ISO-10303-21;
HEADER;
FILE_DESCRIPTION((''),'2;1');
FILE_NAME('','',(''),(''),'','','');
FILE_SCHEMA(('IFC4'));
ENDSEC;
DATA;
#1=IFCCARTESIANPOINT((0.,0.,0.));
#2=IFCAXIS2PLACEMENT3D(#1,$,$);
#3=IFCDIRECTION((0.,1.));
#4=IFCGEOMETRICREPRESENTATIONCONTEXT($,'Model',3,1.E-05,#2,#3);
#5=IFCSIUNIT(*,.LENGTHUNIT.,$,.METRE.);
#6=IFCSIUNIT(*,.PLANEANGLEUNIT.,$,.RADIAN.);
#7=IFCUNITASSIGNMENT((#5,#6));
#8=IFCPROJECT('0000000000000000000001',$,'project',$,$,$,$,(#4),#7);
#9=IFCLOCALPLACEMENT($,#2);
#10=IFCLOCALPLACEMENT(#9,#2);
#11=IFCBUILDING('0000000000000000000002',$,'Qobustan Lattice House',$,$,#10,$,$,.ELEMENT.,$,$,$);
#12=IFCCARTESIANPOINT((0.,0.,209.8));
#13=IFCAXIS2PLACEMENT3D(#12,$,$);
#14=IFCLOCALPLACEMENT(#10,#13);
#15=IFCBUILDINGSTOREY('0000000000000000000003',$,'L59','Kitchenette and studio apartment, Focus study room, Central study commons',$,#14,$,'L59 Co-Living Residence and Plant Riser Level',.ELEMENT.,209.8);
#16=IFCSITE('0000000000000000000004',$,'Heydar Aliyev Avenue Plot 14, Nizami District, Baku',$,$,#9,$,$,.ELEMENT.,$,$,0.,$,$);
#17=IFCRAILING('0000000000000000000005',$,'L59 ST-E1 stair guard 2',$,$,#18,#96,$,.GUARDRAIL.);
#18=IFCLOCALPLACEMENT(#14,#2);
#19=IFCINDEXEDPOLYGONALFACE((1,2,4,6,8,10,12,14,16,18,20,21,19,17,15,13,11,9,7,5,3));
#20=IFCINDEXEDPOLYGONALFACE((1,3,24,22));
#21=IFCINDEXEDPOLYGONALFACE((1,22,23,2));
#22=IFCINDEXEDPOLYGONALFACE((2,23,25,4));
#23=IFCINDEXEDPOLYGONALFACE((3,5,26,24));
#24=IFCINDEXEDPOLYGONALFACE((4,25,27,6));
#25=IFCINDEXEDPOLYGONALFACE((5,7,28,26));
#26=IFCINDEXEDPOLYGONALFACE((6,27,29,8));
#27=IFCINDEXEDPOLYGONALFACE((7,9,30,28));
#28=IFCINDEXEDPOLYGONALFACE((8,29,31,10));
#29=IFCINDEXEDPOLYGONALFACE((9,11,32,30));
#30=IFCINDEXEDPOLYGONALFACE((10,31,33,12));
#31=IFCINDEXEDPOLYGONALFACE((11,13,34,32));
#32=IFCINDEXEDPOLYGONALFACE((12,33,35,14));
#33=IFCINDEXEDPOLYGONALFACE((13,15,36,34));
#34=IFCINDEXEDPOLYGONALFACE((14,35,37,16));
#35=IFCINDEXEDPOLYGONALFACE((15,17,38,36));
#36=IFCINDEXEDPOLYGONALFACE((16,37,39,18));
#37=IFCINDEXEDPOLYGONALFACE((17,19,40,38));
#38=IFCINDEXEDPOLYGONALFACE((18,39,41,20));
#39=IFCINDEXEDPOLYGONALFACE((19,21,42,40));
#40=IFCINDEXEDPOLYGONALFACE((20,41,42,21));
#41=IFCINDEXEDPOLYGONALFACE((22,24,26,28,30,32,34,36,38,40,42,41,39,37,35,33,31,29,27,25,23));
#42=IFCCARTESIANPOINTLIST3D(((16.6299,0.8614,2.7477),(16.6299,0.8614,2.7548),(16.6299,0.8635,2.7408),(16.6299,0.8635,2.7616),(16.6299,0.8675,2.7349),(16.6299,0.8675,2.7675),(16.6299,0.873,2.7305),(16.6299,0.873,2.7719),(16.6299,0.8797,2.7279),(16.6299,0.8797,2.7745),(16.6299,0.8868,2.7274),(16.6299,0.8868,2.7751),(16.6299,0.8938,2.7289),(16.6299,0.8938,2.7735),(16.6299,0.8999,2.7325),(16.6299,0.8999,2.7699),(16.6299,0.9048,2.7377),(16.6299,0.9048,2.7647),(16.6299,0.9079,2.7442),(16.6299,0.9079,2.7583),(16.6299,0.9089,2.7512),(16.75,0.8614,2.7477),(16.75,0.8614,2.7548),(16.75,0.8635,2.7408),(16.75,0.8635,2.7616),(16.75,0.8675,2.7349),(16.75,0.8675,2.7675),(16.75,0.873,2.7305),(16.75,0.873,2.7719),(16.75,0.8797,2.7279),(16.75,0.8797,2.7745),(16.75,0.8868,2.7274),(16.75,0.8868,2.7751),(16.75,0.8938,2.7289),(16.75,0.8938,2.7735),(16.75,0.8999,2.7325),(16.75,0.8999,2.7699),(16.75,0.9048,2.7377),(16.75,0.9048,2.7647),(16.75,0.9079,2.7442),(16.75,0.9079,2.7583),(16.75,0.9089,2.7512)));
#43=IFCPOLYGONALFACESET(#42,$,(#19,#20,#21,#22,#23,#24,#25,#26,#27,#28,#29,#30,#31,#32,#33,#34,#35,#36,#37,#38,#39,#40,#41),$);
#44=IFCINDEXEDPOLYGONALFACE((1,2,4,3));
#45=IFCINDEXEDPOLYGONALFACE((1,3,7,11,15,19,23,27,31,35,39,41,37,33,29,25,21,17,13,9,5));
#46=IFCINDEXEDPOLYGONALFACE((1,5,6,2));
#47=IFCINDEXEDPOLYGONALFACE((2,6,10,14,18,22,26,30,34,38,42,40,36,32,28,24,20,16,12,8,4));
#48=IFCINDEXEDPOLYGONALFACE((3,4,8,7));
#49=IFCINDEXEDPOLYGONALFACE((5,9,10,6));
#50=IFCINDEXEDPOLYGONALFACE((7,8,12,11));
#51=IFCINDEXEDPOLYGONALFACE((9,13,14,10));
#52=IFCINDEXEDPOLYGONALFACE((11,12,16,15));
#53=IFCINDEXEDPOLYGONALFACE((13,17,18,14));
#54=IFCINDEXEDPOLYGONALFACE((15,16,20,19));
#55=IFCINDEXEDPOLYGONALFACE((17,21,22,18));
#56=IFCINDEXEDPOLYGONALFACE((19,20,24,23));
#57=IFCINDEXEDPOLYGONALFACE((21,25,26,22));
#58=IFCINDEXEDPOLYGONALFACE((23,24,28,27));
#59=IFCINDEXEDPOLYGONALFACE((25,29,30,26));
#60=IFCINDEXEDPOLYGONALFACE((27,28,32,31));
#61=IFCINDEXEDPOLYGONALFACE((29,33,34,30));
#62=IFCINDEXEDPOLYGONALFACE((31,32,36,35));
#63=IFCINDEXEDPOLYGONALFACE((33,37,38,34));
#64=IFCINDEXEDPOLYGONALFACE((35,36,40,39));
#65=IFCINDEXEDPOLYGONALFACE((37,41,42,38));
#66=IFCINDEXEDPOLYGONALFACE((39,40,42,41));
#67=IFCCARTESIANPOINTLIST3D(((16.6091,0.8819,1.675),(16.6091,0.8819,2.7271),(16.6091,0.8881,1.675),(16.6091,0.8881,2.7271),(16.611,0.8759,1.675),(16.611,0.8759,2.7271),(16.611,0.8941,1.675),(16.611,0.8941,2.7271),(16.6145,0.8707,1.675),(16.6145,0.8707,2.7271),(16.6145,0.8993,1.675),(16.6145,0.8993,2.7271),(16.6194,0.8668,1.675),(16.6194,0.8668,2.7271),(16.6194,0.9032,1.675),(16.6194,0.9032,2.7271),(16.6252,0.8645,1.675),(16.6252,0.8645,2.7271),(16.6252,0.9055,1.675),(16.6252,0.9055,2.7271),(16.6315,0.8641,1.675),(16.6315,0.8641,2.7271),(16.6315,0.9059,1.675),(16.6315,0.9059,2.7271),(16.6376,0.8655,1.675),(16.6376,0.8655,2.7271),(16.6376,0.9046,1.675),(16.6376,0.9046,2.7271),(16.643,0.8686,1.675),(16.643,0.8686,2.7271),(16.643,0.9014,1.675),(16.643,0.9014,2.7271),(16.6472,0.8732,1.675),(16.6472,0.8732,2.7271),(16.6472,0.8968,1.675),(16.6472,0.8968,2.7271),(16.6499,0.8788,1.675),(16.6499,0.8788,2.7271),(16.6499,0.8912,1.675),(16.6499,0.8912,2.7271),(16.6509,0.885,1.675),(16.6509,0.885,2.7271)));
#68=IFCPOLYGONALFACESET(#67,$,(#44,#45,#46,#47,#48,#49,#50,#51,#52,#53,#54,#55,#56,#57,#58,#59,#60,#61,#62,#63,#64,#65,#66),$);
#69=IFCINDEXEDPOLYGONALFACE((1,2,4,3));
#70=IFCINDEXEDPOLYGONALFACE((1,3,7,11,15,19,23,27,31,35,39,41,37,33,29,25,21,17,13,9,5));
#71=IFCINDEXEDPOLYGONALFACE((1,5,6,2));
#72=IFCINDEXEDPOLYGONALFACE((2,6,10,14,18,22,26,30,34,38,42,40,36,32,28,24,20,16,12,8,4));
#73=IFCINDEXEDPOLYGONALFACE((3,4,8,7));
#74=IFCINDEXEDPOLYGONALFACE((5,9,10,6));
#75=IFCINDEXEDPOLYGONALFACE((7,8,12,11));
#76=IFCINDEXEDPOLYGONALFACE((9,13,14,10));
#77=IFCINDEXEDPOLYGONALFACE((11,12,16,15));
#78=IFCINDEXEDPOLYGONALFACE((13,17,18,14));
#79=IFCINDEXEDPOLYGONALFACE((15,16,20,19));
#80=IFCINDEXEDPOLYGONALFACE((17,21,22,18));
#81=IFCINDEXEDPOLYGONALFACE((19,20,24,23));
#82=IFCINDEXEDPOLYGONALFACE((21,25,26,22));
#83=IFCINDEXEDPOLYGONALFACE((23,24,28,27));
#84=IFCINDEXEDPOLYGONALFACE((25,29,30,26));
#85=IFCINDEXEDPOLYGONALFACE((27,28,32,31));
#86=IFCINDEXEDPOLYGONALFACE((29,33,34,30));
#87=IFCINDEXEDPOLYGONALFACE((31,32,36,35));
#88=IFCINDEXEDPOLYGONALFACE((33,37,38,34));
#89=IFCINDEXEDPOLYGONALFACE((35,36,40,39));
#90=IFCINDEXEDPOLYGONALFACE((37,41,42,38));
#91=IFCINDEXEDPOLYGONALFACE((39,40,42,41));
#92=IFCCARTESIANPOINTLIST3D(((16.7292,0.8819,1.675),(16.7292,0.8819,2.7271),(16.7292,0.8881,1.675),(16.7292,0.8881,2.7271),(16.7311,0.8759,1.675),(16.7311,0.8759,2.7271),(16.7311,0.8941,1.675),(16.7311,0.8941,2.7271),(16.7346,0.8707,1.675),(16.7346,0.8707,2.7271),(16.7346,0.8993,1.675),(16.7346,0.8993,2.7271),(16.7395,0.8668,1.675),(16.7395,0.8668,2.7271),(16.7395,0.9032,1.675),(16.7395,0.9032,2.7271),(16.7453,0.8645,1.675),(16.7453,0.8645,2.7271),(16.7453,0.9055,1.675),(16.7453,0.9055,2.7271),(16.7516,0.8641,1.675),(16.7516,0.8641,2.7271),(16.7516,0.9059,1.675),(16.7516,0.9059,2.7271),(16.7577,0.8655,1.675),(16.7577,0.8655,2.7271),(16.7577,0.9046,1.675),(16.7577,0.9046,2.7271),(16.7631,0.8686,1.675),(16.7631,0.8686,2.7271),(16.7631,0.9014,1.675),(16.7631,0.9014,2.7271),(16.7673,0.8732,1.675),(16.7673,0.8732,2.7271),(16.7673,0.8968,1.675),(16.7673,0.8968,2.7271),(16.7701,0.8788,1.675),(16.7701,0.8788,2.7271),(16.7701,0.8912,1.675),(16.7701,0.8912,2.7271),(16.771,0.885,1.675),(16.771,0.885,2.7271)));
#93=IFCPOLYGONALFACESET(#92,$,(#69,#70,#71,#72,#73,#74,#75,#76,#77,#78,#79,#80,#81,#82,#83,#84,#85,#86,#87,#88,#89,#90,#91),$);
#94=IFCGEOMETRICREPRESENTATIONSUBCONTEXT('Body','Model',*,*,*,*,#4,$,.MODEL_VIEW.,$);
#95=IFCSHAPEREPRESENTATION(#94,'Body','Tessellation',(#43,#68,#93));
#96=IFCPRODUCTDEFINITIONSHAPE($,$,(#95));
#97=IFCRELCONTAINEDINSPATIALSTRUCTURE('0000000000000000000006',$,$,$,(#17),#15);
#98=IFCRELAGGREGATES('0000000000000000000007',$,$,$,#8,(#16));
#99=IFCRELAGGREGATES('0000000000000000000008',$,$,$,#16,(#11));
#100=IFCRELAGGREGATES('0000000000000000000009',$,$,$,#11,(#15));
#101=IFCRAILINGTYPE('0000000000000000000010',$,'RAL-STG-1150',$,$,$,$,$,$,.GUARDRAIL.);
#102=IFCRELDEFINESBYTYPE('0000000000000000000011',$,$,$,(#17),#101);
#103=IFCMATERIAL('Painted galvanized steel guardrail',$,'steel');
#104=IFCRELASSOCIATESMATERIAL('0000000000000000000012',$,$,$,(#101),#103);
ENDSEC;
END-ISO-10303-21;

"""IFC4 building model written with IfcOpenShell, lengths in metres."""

from ifc_helpers import new_model, si_unit, direction, frame, origin, origin_2d, place, context, subcontext, project, spatial, circle, extrude, material, type_object, element, save


model = new_model("IFC4")

# Units and contexts
model_context = context("Model", 3, precision=1e-05, world=origin(), true_north=direction((0.0, 1.0)))
body_context = subcontext(model_context, "Body", "Model", "MODEL_VIEW")
ifc_project = project(units=[si_unit("LENGTHUNIT", "METRE"), si_unit("PLANEANGLEUNIT", "RADIAN")], contexts=[model_context])

# Site, building, storey
site_placement = place(None, origin())
site = spatial("IfcSite", under=ifc_project, at=site_placement, Name="Heydar Aliyev Avenue Plot 14, Nizami District, Baku", CompositionType="ELEMENT", RefElevation=0.0)
building_placement = place(site_placement, origin())
building = spatial("IfcBuilding", under=site, at=building_placement, Name="Qobustan Lattice House", CompositionType="ELEMENT")
storey_placement = place(building_placement, frame((0.0, 0.0, 209.8)))
storey = spatial("IfcBuildingStorey", under=building, at=storey_placement, Name="L59", Description="Kitchenette and studio apartment, Focus study room, Central study commons", LongName="L59 Co-Living Residence and Plant Riser Level", CompositionType="ELEMENT", Elevation=209.8)

# Railing
ifc_material_1 = material(Name="Painted galvanized steel guardrail", Category="steel")
railing_type_1 = type_object("IfcRailingType", Name="RAL-STG-1150", PredefinedType="GUARDRAIL", material=ifc_material_1)
railing_1_placement = place(storey_placement, frame((16.6299, 0.885, 1.675)))
element("IfcRailing", 1, at=railing_1_placement, inside=storey, type_object=railing_type_1, Name="L59 ST-E1 stair guard 2", PredefinedType="GUARDRAIL", context=body_context, shape_type="SweptSolid", body=[
    extrude(circle(Radius=0.0239, at=origin_2d()), frame((0.0, 0.0, 1.0762), z_axis=(1.0, 0.0, 0.0), x_axis=(0.0, 1.0, 0.0)), (0.0, 0.0, 1.0), 0.1201),
    extrude(circle(Radius=0.021, at=origin_2d()), origin(), (0.0, 0.0, 1.0), 1.052),
    extrude(circle(Radius=0.021, at=origin_2d()), frame((0.1201, 0.0, 0.0)), (0.0, 0.0, 1.0), 1.052),
])

save(model, "model.ifc")
